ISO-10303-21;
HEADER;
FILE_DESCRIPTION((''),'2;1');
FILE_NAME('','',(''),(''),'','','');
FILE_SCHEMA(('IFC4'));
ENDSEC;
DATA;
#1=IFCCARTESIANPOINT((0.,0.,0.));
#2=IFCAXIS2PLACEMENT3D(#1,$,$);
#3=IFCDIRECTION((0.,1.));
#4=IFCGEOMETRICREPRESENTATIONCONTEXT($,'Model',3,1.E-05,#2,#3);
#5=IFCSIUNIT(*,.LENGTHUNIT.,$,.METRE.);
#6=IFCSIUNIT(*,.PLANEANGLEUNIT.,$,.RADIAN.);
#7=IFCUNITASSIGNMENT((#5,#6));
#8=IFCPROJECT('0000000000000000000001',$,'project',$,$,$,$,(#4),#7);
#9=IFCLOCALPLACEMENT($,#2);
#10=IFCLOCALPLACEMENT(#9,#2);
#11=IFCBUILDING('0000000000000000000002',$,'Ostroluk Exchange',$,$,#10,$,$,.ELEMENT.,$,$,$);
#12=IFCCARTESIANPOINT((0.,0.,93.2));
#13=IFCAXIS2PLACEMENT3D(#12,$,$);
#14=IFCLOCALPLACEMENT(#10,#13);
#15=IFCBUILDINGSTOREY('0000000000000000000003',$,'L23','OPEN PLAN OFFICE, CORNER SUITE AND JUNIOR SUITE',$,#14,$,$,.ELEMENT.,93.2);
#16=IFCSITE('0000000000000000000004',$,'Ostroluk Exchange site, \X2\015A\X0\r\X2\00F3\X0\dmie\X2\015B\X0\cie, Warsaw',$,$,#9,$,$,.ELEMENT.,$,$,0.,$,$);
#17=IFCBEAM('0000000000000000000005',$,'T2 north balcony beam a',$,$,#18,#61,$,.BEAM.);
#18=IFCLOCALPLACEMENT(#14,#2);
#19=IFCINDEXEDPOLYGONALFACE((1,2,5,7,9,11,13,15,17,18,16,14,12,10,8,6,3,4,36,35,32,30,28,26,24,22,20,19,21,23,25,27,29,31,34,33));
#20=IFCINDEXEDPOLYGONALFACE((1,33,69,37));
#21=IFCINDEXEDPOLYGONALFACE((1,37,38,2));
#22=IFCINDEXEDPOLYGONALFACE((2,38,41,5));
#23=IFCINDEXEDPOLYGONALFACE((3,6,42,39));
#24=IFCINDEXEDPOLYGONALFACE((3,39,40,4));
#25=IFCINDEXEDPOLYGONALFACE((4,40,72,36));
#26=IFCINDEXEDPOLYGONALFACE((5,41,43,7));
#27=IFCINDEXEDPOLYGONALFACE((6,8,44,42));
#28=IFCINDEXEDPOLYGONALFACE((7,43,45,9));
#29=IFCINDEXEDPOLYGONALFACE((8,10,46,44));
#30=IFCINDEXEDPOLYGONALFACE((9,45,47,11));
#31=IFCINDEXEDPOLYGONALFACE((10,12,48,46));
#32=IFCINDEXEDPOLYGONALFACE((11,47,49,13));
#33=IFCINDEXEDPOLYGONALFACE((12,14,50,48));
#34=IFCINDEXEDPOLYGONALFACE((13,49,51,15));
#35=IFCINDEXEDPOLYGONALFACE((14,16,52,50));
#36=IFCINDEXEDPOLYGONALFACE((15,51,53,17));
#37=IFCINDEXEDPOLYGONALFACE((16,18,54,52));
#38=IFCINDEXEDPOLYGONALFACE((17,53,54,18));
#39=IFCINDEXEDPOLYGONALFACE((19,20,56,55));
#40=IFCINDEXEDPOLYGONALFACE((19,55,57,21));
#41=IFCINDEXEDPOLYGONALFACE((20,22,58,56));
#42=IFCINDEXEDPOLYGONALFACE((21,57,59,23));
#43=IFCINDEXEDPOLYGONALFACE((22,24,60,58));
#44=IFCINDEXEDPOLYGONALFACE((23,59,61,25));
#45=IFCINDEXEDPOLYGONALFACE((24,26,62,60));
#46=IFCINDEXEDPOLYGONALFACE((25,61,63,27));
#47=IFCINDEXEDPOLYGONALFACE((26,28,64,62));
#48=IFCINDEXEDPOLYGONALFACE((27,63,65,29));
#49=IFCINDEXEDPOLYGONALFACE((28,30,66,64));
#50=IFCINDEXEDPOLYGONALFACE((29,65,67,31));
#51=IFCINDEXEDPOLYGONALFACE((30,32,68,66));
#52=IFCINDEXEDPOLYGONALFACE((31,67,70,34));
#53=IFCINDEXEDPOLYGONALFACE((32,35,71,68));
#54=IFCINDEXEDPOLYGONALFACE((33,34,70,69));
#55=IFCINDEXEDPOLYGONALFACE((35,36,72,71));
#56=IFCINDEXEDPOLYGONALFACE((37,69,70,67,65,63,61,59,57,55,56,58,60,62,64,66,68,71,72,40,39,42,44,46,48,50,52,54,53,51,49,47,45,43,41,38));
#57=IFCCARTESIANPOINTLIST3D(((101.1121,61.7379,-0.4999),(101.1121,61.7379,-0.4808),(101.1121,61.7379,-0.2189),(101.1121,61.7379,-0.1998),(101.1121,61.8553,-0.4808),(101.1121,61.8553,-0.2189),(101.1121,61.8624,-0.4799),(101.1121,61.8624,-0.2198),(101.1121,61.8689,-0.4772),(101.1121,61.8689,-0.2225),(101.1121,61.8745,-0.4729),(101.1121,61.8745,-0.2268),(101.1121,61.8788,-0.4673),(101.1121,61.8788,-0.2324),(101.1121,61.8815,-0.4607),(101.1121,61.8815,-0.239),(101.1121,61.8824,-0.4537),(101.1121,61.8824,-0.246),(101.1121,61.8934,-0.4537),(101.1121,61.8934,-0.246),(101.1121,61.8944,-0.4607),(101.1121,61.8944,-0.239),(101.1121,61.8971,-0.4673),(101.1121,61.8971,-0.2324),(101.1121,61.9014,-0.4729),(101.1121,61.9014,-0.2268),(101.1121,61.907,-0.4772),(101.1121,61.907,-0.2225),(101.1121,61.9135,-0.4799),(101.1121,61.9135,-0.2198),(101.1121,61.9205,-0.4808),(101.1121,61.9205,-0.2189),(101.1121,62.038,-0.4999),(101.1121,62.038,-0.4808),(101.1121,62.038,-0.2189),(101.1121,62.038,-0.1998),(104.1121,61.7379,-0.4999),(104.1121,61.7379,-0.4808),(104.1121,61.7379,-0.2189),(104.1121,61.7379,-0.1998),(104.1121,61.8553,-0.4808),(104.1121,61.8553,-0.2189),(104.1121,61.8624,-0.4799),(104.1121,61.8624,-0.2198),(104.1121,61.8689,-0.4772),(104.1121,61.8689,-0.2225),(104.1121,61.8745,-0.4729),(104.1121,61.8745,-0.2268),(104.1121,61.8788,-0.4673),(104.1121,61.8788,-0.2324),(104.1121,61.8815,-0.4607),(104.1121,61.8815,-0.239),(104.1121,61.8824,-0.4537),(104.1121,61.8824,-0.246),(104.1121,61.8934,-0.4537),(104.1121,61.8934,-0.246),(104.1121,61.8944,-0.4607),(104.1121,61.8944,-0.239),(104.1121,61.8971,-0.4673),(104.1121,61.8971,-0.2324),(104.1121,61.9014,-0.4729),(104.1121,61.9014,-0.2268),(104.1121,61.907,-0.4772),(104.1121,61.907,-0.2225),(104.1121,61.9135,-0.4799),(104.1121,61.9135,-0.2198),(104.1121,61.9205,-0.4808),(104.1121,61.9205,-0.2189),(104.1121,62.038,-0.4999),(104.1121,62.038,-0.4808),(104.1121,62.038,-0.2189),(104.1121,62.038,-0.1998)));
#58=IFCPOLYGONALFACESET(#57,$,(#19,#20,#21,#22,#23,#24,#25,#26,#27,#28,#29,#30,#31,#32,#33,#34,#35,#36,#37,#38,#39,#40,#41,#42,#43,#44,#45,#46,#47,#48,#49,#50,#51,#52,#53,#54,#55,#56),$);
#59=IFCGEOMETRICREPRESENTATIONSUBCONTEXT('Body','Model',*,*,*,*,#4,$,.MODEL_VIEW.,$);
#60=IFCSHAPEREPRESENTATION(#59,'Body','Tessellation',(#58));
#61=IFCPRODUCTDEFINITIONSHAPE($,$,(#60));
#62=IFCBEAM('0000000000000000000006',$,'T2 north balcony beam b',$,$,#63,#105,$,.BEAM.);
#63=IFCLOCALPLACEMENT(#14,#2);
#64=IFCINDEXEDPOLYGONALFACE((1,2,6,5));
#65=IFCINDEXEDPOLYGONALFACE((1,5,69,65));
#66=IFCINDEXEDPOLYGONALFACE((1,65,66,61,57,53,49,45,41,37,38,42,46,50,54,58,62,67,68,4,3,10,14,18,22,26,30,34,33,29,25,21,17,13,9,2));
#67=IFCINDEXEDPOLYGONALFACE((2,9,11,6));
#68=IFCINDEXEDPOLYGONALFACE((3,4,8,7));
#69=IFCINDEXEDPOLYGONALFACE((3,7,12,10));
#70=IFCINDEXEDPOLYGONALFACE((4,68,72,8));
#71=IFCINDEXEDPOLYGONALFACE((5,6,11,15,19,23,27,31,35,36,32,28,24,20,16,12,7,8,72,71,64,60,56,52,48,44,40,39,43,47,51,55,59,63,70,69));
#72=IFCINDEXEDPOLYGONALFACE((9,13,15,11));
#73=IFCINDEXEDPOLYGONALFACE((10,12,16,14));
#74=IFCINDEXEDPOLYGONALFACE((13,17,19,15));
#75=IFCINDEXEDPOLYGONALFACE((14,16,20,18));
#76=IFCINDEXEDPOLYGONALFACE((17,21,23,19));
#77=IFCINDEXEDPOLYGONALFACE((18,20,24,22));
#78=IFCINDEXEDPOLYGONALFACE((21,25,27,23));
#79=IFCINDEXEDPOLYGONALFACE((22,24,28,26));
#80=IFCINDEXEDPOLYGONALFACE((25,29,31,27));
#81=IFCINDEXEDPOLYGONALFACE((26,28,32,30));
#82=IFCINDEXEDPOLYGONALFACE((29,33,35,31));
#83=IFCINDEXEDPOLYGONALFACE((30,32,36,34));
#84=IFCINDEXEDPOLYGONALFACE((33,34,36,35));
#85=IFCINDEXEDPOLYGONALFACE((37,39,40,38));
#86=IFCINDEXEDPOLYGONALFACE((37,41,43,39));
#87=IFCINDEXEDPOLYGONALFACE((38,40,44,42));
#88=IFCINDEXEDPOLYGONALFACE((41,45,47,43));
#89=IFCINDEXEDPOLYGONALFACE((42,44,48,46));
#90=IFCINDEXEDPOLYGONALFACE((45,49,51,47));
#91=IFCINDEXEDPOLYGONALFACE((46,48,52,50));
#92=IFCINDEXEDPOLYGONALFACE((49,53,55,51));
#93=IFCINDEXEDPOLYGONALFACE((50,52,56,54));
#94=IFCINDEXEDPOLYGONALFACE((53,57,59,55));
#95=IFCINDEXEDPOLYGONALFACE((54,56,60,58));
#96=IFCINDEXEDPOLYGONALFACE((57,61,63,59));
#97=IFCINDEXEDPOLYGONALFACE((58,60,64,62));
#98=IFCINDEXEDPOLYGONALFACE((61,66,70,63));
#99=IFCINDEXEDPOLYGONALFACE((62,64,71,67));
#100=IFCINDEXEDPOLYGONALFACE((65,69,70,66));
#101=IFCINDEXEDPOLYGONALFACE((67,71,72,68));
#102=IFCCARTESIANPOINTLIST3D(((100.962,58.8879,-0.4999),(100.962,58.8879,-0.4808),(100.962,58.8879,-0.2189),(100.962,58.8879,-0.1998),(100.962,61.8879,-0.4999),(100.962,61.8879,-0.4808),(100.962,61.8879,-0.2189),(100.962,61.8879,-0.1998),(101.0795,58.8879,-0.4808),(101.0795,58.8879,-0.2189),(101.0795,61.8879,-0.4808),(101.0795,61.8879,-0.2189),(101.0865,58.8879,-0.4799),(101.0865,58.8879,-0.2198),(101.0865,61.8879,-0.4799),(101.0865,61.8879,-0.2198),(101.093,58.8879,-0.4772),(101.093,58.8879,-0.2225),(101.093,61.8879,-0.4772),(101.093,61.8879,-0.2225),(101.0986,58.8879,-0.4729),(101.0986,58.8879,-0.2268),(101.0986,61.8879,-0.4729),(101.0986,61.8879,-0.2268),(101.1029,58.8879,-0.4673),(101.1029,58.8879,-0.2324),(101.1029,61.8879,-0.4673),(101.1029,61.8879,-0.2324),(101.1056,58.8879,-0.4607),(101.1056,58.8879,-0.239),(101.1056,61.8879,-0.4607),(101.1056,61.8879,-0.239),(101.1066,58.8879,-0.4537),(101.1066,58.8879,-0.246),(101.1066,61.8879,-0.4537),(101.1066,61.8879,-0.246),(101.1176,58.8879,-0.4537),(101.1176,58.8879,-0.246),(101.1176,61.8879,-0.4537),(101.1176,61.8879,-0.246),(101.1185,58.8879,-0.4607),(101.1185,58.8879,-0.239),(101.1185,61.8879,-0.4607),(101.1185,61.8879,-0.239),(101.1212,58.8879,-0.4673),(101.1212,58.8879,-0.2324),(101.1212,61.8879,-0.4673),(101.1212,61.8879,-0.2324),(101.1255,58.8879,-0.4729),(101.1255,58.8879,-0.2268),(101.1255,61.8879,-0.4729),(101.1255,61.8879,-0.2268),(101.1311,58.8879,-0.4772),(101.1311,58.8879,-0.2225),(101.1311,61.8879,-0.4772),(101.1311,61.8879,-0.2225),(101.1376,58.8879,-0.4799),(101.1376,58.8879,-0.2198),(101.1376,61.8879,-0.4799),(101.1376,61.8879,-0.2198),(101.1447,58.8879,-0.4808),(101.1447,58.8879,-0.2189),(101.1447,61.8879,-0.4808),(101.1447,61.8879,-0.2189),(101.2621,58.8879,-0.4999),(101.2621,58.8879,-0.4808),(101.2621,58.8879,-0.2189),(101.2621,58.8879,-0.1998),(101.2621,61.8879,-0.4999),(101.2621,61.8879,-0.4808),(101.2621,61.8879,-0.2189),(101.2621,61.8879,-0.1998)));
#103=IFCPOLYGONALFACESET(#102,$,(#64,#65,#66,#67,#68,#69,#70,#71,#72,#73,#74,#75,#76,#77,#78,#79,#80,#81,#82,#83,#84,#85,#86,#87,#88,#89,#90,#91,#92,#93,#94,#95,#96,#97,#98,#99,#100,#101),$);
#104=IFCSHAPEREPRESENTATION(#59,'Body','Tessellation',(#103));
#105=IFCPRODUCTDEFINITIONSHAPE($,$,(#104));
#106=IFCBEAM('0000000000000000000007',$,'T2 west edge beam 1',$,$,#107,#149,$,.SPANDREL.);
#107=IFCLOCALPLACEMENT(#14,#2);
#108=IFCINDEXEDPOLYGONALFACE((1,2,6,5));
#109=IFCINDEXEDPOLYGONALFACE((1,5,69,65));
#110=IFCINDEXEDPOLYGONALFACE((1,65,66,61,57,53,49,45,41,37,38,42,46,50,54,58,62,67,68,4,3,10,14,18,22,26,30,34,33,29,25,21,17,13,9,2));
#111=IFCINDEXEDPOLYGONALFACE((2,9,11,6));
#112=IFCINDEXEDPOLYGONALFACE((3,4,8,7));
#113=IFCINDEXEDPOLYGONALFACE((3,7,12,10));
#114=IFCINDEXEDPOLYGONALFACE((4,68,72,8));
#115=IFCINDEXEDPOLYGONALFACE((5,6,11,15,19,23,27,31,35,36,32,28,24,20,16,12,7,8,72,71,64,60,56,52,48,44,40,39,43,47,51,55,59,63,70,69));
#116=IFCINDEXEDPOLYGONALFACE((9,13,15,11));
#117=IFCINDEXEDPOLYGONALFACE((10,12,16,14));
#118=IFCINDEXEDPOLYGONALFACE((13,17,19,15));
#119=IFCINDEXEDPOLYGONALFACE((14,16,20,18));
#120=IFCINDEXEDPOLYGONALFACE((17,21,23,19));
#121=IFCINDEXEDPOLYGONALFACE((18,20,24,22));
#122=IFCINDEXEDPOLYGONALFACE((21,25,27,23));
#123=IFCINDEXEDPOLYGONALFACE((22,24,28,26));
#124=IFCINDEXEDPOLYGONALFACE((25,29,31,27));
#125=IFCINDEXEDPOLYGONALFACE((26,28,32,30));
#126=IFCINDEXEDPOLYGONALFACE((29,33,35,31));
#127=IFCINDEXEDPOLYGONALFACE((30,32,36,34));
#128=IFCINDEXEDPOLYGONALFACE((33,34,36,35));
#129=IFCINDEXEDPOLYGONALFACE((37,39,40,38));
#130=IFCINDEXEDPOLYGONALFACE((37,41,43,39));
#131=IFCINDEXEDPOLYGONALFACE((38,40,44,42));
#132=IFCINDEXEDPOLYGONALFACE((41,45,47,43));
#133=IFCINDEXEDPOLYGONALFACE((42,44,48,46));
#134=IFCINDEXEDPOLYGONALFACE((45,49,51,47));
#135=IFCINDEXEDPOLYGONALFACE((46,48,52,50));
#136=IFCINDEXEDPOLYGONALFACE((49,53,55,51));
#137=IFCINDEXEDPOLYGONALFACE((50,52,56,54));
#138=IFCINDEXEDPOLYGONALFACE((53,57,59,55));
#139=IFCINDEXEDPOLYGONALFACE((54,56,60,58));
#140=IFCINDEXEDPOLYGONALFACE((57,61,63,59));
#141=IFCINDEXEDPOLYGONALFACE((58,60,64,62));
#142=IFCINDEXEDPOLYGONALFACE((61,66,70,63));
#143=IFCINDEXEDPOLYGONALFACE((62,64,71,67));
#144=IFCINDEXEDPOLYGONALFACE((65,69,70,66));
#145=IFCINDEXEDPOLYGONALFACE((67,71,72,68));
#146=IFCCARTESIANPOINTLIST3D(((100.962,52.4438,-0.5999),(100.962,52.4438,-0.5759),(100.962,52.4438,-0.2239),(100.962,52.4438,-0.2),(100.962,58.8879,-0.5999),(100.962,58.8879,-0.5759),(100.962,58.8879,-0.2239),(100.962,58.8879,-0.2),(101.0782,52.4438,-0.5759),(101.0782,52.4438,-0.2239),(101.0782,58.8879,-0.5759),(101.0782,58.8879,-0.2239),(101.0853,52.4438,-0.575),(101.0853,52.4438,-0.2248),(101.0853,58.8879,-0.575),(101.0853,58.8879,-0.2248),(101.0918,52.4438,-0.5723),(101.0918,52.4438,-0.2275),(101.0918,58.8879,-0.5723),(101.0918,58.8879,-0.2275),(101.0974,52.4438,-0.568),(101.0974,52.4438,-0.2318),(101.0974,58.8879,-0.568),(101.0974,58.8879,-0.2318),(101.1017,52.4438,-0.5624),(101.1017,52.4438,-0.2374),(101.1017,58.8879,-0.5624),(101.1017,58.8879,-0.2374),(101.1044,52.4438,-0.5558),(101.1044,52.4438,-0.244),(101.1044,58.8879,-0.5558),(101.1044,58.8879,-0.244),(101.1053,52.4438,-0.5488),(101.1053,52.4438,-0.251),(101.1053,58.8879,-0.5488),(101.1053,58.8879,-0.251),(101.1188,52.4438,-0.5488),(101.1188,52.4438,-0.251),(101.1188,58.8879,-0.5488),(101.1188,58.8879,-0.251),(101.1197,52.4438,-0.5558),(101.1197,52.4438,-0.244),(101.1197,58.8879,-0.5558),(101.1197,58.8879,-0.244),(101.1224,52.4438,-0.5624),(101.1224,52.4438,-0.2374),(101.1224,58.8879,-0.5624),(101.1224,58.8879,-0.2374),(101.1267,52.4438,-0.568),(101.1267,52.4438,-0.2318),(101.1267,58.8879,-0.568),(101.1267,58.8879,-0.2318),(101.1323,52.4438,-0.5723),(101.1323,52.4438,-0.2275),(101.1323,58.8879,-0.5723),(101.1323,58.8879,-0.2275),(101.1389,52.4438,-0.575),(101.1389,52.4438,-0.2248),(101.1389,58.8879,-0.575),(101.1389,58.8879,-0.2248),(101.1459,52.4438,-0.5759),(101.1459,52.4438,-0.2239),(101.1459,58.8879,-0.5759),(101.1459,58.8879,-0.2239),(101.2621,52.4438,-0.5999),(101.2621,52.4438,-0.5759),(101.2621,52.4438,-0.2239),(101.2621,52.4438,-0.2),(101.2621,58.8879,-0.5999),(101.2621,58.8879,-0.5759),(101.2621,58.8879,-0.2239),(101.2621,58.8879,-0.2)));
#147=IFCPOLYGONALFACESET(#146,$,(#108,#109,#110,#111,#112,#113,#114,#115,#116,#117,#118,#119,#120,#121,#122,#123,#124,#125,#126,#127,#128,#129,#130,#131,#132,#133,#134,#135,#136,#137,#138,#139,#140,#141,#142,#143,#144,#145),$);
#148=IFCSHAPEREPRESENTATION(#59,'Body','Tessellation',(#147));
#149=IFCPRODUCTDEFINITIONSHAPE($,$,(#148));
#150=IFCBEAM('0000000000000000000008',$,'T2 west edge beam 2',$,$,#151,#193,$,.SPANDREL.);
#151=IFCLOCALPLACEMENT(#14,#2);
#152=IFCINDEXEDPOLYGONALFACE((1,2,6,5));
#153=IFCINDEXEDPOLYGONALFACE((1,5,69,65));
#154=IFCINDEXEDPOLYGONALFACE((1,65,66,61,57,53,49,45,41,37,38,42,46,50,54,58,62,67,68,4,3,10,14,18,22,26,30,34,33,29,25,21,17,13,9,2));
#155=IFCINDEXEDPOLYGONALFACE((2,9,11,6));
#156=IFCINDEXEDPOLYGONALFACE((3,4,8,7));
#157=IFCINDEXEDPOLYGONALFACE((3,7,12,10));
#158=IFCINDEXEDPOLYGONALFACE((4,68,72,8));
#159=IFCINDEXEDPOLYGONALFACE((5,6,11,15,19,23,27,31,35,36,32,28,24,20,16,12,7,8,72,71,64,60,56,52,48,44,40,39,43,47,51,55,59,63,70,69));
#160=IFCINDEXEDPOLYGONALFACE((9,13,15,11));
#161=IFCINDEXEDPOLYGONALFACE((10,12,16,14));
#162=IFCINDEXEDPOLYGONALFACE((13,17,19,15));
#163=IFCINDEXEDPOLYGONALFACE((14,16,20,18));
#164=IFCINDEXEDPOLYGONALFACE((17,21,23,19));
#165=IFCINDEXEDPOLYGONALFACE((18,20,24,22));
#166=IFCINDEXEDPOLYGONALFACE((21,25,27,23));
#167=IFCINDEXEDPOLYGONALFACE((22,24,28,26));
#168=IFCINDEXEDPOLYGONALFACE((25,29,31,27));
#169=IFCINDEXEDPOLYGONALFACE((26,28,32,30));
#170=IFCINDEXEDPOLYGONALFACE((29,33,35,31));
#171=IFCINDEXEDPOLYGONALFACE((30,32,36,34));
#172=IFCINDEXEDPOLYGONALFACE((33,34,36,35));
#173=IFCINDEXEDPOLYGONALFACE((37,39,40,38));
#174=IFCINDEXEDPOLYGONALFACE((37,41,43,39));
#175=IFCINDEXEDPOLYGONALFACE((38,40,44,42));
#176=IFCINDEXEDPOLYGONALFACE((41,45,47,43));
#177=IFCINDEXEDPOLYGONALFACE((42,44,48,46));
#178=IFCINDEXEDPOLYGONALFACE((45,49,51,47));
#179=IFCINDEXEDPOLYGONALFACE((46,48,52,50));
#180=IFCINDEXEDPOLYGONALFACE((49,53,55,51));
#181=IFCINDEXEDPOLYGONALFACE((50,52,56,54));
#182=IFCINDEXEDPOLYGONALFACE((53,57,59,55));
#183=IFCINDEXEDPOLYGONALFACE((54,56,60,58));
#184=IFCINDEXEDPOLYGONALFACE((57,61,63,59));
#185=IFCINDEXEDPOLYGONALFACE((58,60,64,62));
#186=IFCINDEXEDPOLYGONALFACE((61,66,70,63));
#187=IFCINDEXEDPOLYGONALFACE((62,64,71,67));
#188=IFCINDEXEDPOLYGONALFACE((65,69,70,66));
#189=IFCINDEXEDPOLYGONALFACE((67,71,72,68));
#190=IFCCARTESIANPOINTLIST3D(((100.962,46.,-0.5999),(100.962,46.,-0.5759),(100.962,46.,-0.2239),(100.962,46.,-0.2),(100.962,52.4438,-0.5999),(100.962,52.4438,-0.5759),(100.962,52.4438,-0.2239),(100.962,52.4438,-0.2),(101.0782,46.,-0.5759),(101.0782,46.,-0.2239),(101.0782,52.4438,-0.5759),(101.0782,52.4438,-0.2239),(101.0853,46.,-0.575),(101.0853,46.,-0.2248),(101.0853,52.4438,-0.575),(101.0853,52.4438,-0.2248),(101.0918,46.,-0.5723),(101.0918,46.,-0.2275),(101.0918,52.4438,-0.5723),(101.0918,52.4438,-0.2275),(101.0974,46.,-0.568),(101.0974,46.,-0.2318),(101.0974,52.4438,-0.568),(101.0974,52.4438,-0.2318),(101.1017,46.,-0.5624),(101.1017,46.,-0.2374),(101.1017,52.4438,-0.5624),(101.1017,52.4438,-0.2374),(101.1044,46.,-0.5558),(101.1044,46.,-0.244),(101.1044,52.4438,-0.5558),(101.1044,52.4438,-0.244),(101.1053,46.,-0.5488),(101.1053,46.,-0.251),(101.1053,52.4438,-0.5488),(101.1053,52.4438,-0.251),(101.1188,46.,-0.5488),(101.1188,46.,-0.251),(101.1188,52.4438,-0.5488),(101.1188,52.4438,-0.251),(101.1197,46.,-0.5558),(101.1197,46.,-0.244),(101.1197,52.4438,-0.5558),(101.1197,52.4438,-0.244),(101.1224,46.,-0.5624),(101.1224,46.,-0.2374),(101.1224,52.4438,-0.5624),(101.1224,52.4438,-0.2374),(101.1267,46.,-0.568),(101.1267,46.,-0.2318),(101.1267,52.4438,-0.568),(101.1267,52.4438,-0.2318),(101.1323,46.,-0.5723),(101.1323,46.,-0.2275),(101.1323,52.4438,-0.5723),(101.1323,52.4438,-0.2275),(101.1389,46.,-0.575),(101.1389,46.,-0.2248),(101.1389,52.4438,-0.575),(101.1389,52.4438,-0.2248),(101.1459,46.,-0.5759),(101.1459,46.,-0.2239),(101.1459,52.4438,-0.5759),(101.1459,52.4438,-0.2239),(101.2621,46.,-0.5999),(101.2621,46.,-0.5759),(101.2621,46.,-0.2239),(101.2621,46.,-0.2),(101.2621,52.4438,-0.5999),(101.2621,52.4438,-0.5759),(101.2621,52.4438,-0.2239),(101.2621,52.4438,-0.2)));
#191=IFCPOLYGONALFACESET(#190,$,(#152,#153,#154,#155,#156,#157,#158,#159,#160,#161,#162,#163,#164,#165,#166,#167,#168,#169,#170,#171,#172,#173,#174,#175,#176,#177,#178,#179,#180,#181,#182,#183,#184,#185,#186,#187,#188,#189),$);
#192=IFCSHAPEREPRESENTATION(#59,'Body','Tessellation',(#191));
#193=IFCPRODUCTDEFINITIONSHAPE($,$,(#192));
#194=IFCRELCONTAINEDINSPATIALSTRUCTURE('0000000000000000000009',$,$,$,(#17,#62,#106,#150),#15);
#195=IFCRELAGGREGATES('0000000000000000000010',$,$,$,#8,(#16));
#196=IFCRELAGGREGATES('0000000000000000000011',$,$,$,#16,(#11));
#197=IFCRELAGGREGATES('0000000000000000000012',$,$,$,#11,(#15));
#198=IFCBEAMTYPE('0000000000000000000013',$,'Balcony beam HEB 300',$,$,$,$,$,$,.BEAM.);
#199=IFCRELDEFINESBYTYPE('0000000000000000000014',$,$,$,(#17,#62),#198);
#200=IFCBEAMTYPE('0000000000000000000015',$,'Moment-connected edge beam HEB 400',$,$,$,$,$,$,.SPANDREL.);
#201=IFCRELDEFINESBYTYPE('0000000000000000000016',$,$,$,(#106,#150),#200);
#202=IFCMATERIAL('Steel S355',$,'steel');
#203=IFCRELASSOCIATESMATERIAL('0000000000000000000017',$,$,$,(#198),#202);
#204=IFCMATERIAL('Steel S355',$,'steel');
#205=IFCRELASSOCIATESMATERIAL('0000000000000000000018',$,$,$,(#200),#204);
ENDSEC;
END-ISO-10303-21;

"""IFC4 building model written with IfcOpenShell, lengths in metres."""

from ifc_helpers import new_model, si_unit, direction, frame, origin, origin_2d, place, context, subcontext, project, spatial, i_section, extrude, material, material_profile, profile_set, type_object, element, save


model = new_model("IFC4")

# Units and contexts
model_context = context("Model", 3, precision=1e-05, world=origin(), true_north=direction((0.0, 1.0)))
body_context = subcontext(model_context, "Body", "Model", "MODEL_VIEW")
ifc_project = project(units=[si_unit("LENGTHUNIT", "METRE"), si_unit("PLANEANGLEUNIT", "RADIAN")], contexts=[model_context])

# Site, building, storey
site_placement = place(None, origin())
site = spatial("IfcSite", under=ifc_project, at=site_placement, Name="Ostroluk Exchange site, Śródmieście, Warsaw", CompositionType="ELEMENT", RefElevation=0.0)
building_placement = place(site_placement, origin())
building = spatial("IfcBuilding", under=site, at=building_placement, Name="Ostroluk Exchange", CompositionType="ELEMENT")
storey_placement = place(building_placement, frame((0.0, 0.0, 93.2)))
storey = spatial("IfcBuildingStorey", under=building, at=storey_placement, Name="L23", Description="OPEN PLAN OFFICE, CORNER SUITE AND JUNIOR SUITE", CompositionType="ELEMENT", Elevation=93.2)

# Beams
ifc_material_1 = material(Name="Steel S355", Category="steel")
ifc_material_profile_1 = material_profile(ifc_material_1, i_section(OverallWidth=0.3, OverallDepth=0.3, WebThickness=0.011, FlangeThickness=0.019, FilletRadius=0.0271, at=origin_2d()), Name="HEB 300")
ifc_profile_set_1 = profile_set([ifc_material_profile_1], Name="Steel S355")
beam_type_1 = type_object("IfcBeamType", Name="Balcony beam HEB 300", PredefinedType="BEAM", material=ifc_profile_set_1)
for number, where, z_axis, x_axis, name in (
    (1, (104.1121, 61.8879, -0.3499), (-1.0, 0.0, 0.0), (0.0, -1.0, 0.0), "T2 north balcony beam a"),
    (2, (101.1121, 58.8879, -0.3499), (0.0, 1.0, 0.0), (-1.0, 0.0, 0.0), "T2 north balcony beam b"),
):
    element("IfcBeam", number, at=place(storey_placement, frame(where, z_axis=z_axis, x_axis=x_axis)), inside=storey, type_object=beam_type_1, Name=name, PredefinedType="BEAM", context=body_context, shape_type="SweptSolid", body=[
        extrude(i_section(OverallWidth=0.3, OverallDepth=0.3, WebThickness=0.011, FlangeThickness=0.019, FilletRadius=0.0271, at=origin_2d()), origin(), (0.0, 0.0, 1.0), 3.0),
    ])
ifc_material_2 = material(Name="Steel S355", Category="steel")
ifc_material_profile_2 = material_profile(ifc_material_2, i_section(OverallWidth=0.3, OverallDepth=0.3999, WebThickness=0.0134, FlangeThickness=0.0239, FilletRadius=0.0271, at=origin_2d()), Name="HEB 400")
ifc_profile_set_2 = profile_set([ifc_material_profile_2], Name="Steel S355")
beam_type_2 = type_object("IfcBeamType", Name="Moment-connected edge beam HEB 400", PredefinedType="SPANDREL", material=ifc_profile_set_2)
beam_1_placement = place(storey_placement, frame((101.1121, 58.8879, -0.3999), z_axis=(0.0, -1.0, 0.0), x_axis=(1.0, 0.0, 0.0)))
element("IfcBeam", 3, at=beam_1_placement, inside=storey, type_object=beam_type_2, Name="T2 west edge beam 1", PredefinedType="SPANDREL", context=body_context, shape_type="SweptSolid", body=[
    extrude(i_section(OverallWidth=0.3, OverallDepth=0.3999, WebThickness=0.0134, FlangeThickness=0.0239, FilletRadius=0.0271, at=origin_2d()), origin(), (0.0, 0.0, 1.0), 6.4441),
])
beam_2_placement = place(storey_placement, frame((101.1121, 52.4438, -0.3999), z_axis=(0.0, -1.0, 0.0), x_axis=(1.0, 0.0, 0.0)))
element("IfcBeam", 4, at=beam_2_placement, inside=storey, type_object=beam_type_2, Name="T2 west edge beam 2", PredefinedType="SPANDREL", context=body_context, shape_type="SweptSolid", body=[
    extrude(i_section(OverallWidth=0.3, OverallDepth=0.3999, WebThickness=0.0134, FlangeThickness=0.0239, FilletRadius=0.0271, at=origin_2d()), origin(), (0.0, 0.0, 1.0), 6.4438),
])

save(model, "model.ifc")
